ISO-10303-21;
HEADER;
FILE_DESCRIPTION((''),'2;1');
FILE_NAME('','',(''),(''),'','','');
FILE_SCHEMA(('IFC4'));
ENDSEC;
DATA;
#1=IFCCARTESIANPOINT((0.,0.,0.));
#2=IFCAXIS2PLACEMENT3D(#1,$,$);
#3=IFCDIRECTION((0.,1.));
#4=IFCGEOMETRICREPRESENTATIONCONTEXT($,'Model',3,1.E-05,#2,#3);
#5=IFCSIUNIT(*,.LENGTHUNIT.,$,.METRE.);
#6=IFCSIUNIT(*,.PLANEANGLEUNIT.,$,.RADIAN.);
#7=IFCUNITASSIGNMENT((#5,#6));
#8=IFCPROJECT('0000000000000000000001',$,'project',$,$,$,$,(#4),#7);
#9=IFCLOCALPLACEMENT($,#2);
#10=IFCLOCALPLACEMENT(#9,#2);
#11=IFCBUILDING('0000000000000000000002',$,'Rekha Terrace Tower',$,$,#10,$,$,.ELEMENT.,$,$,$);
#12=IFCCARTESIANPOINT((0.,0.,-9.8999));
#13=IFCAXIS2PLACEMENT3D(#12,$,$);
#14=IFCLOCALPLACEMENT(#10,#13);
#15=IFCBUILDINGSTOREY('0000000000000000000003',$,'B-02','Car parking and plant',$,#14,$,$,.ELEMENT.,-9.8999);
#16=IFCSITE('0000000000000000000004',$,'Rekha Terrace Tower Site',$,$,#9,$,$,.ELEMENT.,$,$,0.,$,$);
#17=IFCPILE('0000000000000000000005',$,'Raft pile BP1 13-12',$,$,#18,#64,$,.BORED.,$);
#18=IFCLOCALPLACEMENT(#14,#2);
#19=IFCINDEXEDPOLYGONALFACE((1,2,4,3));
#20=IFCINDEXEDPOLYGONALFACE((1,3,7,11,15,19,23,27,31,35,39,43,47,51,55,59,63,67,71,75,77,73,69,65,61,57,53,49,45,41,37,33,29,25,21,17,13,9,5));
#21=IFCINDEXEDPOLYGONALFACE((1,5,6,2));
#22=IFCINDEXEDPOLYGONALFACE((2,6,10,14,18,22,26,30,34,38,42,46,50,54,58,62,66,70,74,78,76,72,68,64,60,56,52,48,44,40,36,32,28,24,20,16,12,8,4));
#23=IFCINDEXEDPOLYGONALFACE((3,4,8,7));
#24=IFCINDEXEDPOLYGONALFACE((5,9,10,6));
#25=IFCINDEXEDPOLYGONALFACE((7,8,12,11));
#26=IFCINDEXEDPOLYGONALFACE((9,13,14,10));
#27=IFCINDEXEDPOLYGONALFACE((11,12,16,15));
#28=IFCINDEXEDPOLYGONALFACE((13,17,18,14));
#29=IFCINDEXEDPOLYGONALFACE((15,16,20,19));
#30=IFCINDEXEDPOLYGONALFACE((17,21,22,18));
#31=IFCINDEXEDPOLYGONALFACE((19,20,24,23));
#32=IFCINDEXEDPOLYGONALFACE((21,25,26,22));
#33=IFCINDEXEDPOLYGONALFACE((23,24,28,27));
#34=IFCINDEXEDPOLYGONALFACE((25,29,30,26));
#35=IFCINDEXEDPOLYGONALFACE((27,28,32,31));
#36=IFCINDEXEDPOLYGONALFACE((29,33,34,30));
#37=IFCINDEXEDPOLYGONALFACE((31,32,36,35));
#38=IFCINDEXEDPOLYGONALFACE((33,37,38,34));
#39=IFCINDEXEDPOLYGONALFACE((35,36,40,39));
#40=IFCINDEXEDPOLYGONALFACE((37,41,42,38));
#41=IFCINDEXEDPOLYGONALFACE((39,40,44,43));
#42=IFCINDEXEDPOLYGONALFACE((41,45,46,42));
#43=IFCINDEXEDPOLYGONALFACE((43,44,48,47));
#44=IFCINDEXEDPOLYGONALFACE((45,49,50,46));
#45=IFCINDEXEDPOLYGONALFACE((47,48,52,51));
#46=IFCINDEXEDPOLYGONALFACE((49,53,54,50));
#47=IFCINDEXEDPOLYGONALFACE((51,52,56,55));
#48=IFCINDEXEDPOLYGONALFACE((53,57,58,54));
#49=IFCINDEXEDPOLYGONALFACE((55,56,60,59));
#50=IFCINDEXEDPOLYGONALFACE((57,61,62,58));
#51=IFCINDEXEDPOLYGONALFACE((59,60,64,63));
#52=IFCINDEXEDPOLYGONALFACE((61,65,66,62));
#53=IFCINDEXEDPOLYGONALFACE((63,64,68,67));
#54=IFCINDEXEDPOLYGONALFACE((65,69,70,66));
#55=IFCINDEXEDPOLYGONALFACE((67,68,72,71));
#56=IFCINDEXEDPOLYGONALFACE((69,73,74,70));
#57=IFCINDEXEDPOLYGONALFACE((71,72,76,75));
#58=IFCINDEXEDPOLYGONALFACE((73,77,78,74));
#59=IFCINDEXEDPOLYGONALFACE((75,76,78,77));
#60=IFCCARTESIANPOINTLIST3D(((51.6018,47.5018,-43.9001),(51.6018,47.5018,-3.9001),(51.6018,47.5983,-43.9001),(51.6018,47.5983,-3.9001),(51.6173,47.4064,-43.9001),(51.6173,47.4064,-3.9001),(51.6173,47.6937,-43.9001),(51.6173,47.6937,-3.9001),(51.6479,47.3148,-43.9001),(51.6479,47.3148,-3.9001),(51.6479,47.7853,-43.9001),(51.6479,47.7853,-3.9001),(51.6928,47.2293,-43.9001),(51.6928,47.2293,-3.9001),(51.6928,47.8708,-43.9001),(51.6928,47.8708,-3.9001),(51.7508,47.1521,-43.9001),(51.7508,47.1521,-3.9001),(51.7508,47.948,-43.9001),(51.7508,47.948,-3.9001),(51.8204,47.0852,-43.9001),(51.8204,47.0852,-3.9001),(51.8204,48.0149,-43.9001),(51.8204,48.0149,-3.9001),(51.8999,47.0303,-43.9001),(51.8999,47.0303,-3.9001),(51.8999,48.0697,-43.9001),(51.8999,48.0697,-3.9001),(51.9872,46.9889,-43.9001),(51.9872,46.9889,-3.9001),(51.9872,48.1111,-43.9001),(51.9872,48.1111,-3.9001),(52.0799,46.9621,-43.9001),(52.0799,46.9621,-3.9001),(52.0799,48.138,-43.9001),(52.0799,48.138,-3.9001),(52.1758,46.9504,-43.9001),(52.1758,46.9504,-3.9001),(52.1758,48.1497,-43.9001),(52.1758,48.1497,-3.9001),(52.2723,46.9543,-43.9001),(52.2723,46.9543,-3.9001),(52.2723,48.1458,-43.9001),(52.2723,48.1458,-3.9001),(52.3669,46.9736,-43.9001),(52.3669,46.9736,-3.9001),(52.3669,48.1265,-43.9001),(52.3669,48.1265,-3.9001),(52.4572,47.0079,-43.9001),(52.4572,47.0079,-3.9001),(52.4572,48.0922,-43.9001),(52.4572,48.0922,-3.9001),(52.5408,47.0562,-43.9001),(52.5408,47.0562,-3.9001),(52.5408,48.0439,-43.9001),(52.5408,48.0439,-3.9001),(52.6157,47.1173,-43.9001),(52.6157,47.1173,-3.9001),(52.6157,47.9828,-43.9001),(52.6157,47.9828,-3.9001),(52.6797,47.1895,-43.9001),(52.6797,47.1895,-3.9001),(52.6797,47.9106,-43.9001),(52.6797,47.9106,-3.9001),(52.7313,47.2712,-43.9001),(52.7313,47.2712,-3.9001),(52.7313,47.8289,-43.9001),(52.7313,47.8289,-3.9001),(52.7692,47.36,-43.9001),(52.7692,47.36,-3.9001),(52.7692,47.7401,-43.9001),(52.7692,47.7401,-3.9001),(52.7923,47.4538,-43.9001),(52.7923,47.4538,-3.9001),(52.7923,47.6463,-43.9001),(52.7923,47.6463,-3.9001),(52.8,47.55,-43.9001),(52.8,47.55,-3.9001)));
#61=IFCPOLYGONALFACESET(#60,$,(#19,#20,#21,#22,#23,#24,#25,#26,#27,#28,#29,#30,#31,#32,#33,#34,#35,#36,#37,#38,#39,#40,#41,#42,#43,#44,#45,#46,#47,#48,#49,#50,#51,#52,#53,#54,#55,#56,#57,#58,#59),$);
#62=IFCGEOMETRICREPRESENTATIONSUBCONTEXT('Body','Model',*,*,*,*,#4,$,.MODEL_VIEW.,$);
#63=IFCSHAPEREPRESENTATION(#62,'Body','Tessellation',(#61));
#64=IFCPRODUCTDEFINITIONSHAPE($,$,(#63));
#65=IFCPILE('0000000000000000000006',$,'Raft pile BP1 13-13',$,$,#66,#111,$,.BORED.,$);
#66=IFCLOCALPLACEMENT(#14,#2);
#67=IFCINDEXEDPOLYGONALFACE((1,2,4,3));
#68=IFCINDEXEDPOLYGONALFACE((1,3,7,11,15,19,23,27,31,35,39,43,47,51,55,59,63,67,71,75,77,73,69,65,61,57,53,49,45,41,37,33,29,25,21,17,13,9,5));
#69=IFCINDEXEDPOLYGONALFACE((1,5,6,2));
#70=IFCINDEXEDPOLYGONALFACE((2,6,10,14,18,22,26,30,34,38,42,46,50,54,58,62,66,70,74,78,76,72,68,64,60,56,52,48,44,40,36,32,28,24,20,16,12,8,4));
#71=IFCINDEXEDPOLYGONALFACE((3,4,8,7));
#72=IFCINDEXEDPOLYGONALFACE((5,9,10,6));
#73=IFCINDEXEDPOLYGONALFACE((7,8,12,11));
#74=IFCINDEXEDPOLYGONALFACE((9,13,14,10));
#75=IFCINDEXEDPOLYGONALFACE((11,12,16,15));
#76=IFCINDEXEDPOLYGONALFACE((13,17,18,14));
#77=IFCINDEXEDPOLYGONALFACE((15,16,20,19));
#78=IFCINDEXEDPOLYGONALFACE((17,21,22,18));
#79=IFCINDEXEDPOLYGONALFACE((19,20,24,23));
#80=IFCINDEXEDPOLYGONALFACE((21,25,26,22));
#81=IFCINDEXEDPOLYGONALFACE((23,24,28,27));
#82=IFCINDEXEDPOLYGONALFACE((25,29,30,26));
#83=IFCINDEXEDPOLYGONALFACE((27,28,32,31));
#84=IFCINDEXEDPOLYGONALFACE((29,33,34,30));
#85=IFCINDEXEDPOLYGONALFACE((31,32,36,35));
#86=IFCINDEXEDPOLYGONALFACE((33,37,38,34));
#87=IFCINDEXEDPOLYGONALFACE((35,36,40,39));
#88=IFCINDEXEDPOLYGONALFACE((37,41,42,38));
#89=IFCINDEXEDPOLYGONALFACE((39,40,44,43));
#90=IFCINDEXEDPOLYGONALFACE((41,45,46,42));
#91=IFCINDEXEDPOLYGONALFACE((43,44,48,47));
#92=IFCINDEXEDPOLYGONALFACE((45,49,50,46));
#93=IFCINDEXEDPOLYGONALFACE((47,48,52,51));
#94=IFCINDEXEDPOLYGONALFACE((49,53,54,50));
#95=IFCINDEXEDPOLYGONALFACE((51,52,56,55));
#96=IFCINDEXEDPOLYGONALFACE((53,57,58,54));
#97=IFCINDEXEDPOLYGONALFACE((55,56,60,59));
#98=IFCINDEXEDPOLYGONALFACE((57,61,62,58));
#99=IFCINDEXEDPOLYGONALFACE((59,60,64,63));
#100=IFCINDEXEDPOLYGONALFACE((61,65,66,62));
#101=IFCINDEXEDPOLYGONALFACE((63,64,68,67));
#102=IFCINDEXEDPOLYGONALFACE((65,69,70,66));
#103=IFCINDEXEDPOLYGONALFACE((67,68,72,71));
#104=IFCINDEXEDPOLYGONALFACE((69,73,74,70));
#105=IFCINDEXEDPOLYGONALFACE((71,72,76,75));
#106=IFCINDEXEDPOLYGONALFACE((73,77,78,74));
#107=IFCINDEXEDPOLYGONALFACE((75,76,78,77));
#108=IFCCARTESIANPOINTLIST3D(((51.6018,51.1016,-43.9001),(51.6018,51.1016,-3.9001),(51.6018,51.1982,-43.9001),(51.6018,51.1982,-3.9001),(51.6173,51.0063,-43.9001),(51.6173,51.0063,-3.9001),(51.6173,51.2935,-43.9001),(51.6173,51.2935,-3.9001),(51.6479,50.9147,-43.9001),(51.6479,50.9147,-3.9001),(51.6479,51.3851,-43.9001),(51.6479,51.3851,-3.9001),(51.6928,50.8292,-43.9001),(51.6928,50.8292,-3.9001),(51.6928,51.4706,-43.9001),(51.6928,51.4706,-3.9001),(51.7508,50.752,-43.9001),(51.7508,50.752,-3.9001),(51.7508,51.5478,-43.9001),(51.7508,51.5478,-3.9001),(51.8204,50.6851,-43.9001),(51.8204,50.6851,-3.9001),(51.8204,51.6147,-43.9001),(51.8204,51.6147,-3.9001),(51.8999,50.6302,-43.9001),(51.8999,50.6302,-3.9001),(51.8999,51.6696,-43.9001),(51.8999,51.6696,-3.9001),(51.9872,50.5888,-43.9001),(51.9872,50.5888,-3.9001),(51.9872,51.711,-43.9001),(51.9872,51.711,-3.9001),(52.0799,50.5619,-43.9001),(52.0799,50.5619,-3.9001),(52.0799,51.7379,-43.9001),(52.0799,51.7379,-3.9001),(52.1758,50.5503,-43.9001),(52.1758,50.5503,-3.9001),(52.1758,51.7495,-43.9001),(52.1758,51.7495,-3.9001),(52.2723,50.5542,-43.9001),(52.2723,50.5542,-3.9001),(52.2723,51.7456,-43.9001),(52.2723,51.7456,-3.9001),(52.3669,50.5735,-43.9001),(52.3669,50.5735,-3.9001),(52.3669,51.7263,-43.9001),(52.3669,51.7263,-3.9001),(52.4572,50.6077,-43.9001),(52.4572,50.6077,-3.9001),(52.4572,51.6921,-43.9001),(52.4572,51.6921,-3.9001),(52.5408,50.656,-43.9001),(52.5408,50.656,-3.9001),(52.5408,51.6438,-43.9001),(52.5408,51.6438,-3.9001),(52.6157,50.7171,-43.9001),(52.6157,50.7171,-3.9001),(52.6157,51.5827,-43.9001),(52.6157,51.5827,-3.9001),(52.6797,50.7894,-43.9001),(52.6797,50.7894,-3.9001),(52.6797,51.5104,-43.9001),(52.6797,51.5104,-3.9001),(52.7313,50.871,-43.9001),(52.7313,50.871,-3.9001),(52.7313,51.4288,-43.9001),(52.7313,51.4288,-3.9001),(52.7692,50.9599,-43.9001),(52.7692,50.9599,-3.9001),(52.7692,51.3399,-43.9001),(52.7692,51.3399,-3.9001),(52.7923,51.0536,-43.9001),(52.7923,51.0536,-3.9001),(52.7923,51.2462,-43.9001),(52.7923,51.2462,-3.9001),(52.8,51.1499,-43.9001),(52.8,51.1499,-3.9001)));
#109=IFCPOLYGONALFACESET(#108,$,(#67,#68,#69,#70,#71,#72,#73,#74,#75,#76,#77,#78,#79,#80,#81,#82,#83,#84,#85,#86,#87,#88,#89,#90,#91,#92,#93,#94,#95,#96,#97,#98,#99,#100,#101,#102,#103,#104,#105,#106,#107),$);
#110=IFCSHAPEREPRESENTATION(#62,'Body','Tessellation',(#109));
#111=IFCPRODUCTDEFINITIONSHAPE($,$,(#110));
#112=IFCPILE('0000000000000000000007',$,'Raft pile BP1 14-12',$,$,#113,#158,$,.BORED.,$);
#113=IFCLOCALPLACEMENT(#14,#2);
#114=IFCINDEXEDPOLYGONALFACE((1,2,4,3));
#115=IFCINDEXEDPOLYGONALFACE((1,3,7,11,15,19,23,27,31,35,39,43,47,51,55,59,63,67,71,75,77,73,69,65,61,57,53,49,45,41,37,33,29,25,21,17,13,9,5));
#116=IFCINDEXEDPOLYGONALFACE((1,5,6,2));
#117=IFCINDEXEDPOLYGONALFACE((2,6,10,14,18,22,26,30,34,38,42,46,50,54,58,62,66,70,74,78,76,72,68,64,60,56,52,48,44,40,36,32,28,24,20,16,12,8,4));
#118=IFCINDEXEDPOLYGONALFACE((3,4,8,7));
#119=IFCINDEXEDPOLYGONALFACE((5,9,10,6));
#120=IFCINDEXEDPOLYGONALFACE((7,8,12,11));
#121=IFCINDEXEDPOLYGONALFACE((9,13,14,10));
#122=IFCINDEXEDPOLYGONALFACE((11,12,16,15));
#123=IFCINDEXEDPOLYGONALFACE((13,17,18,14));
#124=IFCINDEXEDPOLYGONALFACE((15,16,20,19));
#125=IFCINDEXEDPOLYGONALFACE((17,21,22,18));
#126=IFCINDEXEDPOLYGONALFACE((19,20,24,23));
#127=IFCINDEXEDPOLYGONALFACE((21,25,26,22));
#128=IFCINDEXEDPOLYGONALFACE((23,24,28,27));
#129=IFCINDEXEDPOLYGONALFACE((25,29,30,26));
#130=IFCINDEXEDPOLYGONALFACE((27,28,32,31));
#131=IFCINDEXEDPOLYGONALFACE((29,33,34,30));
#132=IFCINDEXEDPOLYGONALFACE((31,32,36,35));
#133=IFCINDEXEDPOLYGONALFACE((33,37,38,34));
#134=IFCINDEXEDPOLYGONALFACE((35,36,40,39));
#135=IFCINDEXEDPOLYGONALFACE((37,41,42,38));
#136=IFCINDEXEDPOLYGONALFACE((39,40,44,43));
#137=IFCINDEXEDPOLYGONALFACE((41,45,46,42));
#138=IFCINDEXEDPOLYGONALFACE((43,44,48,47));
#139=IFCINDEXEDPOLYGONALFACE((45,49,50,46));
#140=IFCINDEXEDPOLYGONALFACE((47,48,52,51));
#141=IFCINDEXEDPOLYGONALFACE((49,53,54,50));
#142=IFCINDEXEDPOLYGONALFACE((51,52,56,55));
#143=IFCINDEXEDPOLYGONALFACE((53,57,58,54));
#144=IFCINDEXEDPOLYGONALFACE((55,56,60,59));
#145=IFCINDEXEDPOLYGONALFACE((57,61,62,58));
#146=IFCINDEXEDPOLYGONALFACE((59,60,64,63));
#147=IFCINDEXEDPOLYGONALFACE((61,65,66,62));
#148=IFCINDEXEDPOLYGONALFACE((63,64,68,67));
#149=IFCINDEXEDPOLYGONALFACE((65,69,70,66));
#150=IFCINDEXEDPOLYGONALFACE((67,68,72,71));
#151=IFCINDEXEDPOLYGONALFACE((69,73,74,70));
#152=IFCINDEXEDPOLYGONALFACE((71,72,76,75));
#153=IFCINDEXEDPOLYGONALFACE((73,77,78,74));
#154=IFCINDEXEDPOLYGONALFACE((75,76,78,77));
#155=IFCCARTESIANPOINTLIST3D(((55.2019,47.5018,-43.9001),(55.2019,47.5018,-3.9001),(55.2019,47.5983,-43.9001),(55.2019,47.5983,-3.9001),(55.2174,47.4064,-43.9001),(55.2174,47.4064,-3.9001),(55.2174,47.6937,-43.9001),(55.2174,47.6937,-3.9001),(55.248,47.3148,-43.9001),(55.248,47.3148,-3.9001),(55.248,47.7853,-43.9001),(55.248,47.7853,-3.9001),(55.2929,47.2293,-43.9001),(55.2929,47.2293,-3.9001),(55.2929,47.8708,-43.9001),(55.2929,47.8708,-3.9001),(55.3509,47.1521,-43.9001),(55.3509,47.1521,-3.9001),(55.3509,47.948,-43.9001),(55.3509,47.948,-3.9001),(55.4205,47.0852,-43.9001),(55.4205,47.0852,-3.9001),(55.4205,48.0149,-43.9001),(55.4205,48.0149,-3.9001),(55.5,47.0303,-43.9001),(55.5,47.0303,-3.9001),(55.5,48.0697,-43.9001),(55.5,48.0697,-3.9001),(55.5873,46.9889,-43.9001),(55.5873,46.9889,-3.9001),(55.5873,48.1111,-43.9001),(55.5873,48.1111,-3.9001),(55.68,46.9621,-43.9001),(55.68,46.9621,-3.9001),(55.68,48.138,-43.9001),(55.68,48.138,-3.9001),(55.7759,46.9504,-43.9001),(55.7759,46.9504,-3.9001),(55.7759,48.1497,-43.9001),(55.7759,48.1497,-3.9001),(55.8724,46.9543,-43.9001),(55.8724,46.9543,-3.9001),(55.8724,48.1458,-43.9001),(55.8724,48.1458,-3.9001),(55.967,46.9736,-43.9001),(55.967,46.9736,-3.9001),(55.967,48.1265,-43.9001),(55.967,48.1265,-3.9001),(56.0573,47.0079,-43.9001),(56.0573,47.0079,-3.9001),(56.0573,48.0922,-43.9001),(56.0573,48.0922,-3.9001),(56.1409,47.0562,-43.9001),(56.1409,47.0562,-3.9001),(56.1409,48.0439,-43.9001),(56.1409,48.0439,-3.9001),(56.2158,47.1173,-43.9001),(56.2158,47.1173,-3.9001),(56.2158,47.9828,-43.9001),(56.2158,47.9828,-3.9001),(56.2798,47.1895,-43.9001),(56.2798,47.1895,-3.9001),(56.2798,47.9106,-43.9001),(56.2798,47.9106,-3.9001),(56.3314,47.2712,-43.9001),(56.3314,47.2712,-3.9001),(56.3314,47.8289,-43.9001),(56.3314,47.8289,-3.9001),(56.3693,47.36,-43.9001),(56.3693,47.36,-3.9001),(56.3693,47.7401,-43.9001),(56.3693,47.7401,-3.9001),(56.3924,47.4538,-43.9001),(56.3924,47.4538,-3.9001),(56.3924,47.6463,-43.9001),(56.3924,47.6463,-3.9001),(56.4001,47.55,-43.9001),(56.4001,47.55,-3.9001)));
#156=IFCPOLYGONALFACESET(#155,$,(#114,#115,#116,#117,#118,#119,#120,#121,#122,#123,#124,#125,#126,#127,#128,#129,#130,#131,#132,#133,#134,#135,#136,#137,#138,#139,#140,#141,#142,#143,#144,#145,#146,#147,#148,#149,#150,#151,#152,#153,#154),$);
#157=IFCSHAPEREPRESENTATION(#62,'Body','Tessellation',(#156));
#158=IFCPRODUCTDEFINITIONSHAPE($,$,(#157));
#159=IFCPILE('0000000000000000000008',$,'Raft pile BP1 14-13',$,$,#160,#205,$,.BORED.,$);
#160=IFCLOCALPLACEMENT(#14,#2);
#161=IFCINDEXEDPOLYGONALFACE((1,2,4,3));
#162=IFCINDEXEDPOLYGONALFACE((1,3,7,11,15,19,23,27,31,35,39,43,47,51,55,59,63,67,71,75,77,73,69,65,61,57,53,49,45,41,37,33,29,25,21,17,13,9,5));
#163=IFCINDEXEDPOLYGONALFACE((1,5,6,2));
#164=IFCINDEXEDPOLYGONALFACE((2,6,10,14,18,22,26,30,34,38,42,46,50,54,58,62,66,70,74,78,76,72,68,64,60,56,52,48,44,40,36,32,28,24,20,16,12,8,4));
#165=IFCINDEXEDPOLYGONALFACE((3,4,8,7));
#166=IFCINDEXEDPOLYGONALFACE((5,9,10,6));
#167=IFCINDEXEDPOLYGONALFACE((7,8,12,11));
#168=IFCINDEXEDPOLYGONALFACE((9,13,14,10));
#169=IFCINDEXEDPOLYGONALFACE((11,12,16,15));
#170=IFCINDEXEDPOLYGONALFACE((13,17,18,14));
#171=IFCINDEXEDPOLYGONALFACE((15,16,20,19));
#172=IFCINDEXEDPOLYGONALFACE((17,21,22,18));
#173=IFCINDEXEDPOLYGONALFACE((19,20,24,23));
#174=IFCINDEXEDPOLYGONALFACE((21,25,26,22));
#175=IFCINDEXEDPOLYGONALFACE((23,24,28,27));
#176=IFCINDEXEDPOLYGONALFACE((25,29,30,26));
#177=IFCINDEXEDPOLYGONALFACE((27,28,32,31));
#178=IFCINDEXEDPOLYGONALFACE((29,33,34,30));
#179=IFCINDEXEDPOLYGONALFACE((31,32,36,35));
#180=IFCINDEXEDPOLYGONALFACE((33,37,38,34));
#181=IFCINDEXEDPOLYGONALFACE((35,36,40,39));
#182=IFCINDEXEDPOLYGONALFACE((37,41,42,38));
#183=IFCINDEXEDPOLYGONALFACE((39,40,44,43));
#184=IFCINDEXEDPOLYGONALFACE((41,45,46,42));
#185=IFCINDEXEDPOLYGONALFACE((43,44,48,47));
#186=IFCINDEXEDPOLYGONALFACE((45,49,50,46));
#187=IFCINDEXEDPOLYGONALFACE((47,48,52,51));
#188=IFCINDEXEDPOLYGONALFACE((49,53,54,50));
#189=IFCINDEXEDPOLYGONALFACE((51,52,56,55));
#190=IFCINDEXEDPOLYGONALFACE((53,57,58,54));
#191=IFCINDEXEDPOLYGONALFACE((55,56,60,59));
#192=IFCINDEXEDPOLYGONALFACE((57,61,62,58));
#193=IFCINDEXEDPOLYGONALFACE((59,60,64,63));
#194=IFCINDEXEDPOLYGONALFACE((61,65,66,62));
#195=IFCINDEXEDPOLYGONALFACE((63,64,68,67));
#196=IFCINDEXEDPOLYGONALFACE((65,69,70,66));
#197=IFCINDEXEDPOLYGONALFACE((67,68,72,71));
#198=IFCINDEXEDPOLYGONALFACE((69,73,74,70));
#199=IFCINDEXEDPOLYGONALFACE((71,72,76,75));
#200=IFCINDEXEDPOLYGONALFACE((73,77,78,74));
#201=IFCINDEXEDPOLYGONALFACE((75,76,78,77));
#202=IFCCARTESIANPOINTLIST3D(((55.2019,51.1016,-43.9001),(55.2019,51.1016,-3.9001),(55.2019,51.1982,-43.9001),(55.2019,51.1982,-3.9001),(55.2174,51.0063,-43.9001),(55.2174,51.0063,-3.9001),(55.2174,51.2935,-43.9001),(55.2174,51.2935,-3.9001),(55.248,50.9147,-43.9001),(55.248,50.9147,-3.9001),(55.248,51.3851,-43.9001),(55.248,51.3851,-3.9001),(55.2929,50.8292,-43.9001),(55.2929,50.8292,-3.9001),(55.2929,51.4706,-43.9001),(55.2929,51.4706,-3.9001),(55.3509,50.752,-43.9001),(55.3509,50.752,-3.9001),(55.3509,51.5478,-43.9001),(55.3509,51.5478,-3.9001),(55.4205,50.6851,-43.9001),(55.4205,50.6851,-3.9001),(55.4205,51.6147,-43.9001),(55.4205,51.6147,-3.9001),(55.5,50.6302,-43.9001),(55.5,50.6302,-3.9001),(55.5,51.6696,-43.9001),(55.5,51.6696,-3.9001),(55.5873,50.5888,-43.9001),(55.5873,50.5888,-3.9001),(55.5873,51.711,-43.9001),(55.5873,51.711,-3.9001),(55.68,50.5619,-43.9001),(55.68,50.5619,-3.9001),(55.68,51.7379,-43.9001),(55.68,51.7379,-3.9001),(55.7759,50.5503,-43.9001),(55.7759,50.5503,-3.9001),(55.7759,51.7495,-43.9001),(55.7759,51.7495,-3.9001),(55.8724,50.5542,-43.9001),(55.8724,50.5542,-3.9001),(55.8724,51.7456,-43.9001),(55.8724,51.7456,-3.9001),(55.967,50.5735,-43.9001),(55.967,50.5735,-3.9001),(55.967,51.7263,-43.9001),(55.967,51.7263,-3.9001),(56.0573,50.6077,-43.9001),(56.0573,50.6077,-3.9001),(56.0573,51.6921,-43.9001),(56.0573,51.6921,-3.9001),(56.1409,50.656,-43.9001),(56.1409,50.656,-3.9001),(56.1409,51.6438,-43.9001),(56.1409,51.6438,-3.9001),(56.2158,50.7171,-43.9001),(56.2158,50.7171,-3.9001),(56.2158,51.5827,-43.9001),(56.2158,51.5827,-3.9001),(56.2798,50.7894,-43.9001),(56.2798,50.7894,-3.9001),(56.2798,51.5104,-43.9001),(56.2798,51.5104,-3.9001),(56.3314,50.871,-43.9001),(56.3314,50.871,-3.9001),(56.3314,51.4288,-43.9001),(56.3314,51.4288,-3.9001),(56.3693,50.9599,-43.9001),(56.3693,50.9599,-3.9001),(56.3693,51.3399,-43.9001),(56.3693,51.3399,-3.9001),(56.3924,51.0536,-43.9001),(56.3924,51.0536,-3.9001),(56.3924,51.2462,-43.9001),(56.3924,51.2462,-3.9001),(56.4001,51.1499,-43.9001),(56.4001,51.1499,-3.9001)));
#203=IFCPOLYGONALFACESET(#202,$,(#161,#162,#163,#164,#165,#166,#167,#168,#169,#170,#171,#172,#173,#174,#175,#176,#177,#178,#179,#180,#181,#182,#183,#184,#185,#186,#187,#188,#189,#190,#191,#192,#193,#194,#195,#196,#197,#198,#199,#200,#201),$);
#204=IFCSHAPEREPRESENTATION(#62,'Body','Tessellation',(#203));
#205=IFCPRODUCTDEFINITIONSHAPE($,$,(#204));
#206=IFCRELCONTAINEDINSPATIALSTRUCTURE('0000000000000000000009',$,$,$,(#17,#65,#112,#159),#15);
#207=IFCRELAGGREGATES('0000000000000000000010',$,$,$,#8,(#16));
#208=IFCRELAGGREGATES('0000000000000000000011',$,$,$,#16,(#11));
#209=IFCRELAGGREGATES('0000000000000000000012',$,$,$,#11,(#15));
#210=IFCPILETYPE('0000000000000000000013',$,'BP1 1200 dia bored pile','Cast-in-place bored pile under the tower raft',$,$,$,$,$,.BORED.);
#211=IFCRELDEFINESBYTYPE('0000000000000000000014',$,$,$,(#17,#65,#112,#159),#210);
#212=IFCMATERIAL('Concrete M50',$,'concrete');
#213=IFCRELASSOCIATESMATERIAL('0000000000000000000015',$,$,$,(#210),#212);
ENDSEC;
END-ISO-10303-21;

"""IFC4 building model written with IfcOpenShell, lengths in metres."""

from ifc_helpers import new_model, si_unit, direction, frame, origin, origin_2d, place, context, subcontext, project, spatial, circle, extrude, material, type_object, element, save


model = new_model("IFC4")

# Units and contexts
model_context = context("Model", 3, precision=1e-05, world=origin(), true_north=direction((0.0, 1.0)))
body_context = subcontext(model_context, "Body", "Model", "MODEL_VIEW")
ifc_project = project(units=[si_unit("LENGTHUNIT", "METRE"), si_unit("PLANEANGLEUNIT", "RADIAN")], contexts=[model_context])

# Site, building, storey
site_placement = place(None, origin())
site = spatial("IfcSite", under=ifc_project, at=site_placement, Name="Rekha Terrace Tower Site", CompositionType="ELEMENT", RefElevation=0.0)
building_placement = place(site_placement, origin())
building = spatial("IfcBuilding", under=site, at=building_placement, Name="Rekha Terrace Tower", CompositionType="ELEMENT")
storey_placement = place(building_placement, frame((0.0, 0.0, -9.8999)))
storey = spatial("IfcBuildingStorey", under=building, at=storey_placement, Name="B-02", Description="Car parking and plant", CompositionType="ELEMENT", Elevation=-9.8999)

# Piles
ifc_material_1 = material(Name="Concrete M50", Category="concrete")
pile_type_1 = type_object("IfcPileType", Name="BP1 1200 dia bored pile", Description="Cast-in-place bored pile under the tower raft", PredefinedType="BORED", material=ifc_material_1)
for number, where, z_axis, x_axis, name in (
    (1, (52.2, 47.55, -3.9001), (0.0, 0.0, -1.0), (1.0, 0.0, 0.0), "Raft pile BP1 13-12"),
    (2, (52.2, 51.1499, -3.9001), (0.0, 0.0, -1.0), (1.0, 0.0, 0.0), "Raft pile BP1 13-13"),
    (3, (55.8, 47.55, -3.9001), (0.0, 0.0, -1.0), (1.0, 0.0, 0.0), "Raft pile BP1 14-12"),
    (4, (55.8, 51.1499, -3.9001), (0.0, 0.0, -1.0), (1.0, 0.0, 0.0), "Raft pile BP1 14-13"),
):
    element("IfcPile", number, at=place(storey_placement, frame(where, z_axis=z_axis, x_axis=x_axis)), inside=storey, type_object=pile_type_1, Name=name, PredefinedType="BORED", context=body_context, shape_type="SweptSolid", body=[
        extrude(circle(Radius=0.6001, at=origin_2d()), origin(), (0.0, 0.0, 1.0), 40.0),
    ])

save(model, "model.ifc")
